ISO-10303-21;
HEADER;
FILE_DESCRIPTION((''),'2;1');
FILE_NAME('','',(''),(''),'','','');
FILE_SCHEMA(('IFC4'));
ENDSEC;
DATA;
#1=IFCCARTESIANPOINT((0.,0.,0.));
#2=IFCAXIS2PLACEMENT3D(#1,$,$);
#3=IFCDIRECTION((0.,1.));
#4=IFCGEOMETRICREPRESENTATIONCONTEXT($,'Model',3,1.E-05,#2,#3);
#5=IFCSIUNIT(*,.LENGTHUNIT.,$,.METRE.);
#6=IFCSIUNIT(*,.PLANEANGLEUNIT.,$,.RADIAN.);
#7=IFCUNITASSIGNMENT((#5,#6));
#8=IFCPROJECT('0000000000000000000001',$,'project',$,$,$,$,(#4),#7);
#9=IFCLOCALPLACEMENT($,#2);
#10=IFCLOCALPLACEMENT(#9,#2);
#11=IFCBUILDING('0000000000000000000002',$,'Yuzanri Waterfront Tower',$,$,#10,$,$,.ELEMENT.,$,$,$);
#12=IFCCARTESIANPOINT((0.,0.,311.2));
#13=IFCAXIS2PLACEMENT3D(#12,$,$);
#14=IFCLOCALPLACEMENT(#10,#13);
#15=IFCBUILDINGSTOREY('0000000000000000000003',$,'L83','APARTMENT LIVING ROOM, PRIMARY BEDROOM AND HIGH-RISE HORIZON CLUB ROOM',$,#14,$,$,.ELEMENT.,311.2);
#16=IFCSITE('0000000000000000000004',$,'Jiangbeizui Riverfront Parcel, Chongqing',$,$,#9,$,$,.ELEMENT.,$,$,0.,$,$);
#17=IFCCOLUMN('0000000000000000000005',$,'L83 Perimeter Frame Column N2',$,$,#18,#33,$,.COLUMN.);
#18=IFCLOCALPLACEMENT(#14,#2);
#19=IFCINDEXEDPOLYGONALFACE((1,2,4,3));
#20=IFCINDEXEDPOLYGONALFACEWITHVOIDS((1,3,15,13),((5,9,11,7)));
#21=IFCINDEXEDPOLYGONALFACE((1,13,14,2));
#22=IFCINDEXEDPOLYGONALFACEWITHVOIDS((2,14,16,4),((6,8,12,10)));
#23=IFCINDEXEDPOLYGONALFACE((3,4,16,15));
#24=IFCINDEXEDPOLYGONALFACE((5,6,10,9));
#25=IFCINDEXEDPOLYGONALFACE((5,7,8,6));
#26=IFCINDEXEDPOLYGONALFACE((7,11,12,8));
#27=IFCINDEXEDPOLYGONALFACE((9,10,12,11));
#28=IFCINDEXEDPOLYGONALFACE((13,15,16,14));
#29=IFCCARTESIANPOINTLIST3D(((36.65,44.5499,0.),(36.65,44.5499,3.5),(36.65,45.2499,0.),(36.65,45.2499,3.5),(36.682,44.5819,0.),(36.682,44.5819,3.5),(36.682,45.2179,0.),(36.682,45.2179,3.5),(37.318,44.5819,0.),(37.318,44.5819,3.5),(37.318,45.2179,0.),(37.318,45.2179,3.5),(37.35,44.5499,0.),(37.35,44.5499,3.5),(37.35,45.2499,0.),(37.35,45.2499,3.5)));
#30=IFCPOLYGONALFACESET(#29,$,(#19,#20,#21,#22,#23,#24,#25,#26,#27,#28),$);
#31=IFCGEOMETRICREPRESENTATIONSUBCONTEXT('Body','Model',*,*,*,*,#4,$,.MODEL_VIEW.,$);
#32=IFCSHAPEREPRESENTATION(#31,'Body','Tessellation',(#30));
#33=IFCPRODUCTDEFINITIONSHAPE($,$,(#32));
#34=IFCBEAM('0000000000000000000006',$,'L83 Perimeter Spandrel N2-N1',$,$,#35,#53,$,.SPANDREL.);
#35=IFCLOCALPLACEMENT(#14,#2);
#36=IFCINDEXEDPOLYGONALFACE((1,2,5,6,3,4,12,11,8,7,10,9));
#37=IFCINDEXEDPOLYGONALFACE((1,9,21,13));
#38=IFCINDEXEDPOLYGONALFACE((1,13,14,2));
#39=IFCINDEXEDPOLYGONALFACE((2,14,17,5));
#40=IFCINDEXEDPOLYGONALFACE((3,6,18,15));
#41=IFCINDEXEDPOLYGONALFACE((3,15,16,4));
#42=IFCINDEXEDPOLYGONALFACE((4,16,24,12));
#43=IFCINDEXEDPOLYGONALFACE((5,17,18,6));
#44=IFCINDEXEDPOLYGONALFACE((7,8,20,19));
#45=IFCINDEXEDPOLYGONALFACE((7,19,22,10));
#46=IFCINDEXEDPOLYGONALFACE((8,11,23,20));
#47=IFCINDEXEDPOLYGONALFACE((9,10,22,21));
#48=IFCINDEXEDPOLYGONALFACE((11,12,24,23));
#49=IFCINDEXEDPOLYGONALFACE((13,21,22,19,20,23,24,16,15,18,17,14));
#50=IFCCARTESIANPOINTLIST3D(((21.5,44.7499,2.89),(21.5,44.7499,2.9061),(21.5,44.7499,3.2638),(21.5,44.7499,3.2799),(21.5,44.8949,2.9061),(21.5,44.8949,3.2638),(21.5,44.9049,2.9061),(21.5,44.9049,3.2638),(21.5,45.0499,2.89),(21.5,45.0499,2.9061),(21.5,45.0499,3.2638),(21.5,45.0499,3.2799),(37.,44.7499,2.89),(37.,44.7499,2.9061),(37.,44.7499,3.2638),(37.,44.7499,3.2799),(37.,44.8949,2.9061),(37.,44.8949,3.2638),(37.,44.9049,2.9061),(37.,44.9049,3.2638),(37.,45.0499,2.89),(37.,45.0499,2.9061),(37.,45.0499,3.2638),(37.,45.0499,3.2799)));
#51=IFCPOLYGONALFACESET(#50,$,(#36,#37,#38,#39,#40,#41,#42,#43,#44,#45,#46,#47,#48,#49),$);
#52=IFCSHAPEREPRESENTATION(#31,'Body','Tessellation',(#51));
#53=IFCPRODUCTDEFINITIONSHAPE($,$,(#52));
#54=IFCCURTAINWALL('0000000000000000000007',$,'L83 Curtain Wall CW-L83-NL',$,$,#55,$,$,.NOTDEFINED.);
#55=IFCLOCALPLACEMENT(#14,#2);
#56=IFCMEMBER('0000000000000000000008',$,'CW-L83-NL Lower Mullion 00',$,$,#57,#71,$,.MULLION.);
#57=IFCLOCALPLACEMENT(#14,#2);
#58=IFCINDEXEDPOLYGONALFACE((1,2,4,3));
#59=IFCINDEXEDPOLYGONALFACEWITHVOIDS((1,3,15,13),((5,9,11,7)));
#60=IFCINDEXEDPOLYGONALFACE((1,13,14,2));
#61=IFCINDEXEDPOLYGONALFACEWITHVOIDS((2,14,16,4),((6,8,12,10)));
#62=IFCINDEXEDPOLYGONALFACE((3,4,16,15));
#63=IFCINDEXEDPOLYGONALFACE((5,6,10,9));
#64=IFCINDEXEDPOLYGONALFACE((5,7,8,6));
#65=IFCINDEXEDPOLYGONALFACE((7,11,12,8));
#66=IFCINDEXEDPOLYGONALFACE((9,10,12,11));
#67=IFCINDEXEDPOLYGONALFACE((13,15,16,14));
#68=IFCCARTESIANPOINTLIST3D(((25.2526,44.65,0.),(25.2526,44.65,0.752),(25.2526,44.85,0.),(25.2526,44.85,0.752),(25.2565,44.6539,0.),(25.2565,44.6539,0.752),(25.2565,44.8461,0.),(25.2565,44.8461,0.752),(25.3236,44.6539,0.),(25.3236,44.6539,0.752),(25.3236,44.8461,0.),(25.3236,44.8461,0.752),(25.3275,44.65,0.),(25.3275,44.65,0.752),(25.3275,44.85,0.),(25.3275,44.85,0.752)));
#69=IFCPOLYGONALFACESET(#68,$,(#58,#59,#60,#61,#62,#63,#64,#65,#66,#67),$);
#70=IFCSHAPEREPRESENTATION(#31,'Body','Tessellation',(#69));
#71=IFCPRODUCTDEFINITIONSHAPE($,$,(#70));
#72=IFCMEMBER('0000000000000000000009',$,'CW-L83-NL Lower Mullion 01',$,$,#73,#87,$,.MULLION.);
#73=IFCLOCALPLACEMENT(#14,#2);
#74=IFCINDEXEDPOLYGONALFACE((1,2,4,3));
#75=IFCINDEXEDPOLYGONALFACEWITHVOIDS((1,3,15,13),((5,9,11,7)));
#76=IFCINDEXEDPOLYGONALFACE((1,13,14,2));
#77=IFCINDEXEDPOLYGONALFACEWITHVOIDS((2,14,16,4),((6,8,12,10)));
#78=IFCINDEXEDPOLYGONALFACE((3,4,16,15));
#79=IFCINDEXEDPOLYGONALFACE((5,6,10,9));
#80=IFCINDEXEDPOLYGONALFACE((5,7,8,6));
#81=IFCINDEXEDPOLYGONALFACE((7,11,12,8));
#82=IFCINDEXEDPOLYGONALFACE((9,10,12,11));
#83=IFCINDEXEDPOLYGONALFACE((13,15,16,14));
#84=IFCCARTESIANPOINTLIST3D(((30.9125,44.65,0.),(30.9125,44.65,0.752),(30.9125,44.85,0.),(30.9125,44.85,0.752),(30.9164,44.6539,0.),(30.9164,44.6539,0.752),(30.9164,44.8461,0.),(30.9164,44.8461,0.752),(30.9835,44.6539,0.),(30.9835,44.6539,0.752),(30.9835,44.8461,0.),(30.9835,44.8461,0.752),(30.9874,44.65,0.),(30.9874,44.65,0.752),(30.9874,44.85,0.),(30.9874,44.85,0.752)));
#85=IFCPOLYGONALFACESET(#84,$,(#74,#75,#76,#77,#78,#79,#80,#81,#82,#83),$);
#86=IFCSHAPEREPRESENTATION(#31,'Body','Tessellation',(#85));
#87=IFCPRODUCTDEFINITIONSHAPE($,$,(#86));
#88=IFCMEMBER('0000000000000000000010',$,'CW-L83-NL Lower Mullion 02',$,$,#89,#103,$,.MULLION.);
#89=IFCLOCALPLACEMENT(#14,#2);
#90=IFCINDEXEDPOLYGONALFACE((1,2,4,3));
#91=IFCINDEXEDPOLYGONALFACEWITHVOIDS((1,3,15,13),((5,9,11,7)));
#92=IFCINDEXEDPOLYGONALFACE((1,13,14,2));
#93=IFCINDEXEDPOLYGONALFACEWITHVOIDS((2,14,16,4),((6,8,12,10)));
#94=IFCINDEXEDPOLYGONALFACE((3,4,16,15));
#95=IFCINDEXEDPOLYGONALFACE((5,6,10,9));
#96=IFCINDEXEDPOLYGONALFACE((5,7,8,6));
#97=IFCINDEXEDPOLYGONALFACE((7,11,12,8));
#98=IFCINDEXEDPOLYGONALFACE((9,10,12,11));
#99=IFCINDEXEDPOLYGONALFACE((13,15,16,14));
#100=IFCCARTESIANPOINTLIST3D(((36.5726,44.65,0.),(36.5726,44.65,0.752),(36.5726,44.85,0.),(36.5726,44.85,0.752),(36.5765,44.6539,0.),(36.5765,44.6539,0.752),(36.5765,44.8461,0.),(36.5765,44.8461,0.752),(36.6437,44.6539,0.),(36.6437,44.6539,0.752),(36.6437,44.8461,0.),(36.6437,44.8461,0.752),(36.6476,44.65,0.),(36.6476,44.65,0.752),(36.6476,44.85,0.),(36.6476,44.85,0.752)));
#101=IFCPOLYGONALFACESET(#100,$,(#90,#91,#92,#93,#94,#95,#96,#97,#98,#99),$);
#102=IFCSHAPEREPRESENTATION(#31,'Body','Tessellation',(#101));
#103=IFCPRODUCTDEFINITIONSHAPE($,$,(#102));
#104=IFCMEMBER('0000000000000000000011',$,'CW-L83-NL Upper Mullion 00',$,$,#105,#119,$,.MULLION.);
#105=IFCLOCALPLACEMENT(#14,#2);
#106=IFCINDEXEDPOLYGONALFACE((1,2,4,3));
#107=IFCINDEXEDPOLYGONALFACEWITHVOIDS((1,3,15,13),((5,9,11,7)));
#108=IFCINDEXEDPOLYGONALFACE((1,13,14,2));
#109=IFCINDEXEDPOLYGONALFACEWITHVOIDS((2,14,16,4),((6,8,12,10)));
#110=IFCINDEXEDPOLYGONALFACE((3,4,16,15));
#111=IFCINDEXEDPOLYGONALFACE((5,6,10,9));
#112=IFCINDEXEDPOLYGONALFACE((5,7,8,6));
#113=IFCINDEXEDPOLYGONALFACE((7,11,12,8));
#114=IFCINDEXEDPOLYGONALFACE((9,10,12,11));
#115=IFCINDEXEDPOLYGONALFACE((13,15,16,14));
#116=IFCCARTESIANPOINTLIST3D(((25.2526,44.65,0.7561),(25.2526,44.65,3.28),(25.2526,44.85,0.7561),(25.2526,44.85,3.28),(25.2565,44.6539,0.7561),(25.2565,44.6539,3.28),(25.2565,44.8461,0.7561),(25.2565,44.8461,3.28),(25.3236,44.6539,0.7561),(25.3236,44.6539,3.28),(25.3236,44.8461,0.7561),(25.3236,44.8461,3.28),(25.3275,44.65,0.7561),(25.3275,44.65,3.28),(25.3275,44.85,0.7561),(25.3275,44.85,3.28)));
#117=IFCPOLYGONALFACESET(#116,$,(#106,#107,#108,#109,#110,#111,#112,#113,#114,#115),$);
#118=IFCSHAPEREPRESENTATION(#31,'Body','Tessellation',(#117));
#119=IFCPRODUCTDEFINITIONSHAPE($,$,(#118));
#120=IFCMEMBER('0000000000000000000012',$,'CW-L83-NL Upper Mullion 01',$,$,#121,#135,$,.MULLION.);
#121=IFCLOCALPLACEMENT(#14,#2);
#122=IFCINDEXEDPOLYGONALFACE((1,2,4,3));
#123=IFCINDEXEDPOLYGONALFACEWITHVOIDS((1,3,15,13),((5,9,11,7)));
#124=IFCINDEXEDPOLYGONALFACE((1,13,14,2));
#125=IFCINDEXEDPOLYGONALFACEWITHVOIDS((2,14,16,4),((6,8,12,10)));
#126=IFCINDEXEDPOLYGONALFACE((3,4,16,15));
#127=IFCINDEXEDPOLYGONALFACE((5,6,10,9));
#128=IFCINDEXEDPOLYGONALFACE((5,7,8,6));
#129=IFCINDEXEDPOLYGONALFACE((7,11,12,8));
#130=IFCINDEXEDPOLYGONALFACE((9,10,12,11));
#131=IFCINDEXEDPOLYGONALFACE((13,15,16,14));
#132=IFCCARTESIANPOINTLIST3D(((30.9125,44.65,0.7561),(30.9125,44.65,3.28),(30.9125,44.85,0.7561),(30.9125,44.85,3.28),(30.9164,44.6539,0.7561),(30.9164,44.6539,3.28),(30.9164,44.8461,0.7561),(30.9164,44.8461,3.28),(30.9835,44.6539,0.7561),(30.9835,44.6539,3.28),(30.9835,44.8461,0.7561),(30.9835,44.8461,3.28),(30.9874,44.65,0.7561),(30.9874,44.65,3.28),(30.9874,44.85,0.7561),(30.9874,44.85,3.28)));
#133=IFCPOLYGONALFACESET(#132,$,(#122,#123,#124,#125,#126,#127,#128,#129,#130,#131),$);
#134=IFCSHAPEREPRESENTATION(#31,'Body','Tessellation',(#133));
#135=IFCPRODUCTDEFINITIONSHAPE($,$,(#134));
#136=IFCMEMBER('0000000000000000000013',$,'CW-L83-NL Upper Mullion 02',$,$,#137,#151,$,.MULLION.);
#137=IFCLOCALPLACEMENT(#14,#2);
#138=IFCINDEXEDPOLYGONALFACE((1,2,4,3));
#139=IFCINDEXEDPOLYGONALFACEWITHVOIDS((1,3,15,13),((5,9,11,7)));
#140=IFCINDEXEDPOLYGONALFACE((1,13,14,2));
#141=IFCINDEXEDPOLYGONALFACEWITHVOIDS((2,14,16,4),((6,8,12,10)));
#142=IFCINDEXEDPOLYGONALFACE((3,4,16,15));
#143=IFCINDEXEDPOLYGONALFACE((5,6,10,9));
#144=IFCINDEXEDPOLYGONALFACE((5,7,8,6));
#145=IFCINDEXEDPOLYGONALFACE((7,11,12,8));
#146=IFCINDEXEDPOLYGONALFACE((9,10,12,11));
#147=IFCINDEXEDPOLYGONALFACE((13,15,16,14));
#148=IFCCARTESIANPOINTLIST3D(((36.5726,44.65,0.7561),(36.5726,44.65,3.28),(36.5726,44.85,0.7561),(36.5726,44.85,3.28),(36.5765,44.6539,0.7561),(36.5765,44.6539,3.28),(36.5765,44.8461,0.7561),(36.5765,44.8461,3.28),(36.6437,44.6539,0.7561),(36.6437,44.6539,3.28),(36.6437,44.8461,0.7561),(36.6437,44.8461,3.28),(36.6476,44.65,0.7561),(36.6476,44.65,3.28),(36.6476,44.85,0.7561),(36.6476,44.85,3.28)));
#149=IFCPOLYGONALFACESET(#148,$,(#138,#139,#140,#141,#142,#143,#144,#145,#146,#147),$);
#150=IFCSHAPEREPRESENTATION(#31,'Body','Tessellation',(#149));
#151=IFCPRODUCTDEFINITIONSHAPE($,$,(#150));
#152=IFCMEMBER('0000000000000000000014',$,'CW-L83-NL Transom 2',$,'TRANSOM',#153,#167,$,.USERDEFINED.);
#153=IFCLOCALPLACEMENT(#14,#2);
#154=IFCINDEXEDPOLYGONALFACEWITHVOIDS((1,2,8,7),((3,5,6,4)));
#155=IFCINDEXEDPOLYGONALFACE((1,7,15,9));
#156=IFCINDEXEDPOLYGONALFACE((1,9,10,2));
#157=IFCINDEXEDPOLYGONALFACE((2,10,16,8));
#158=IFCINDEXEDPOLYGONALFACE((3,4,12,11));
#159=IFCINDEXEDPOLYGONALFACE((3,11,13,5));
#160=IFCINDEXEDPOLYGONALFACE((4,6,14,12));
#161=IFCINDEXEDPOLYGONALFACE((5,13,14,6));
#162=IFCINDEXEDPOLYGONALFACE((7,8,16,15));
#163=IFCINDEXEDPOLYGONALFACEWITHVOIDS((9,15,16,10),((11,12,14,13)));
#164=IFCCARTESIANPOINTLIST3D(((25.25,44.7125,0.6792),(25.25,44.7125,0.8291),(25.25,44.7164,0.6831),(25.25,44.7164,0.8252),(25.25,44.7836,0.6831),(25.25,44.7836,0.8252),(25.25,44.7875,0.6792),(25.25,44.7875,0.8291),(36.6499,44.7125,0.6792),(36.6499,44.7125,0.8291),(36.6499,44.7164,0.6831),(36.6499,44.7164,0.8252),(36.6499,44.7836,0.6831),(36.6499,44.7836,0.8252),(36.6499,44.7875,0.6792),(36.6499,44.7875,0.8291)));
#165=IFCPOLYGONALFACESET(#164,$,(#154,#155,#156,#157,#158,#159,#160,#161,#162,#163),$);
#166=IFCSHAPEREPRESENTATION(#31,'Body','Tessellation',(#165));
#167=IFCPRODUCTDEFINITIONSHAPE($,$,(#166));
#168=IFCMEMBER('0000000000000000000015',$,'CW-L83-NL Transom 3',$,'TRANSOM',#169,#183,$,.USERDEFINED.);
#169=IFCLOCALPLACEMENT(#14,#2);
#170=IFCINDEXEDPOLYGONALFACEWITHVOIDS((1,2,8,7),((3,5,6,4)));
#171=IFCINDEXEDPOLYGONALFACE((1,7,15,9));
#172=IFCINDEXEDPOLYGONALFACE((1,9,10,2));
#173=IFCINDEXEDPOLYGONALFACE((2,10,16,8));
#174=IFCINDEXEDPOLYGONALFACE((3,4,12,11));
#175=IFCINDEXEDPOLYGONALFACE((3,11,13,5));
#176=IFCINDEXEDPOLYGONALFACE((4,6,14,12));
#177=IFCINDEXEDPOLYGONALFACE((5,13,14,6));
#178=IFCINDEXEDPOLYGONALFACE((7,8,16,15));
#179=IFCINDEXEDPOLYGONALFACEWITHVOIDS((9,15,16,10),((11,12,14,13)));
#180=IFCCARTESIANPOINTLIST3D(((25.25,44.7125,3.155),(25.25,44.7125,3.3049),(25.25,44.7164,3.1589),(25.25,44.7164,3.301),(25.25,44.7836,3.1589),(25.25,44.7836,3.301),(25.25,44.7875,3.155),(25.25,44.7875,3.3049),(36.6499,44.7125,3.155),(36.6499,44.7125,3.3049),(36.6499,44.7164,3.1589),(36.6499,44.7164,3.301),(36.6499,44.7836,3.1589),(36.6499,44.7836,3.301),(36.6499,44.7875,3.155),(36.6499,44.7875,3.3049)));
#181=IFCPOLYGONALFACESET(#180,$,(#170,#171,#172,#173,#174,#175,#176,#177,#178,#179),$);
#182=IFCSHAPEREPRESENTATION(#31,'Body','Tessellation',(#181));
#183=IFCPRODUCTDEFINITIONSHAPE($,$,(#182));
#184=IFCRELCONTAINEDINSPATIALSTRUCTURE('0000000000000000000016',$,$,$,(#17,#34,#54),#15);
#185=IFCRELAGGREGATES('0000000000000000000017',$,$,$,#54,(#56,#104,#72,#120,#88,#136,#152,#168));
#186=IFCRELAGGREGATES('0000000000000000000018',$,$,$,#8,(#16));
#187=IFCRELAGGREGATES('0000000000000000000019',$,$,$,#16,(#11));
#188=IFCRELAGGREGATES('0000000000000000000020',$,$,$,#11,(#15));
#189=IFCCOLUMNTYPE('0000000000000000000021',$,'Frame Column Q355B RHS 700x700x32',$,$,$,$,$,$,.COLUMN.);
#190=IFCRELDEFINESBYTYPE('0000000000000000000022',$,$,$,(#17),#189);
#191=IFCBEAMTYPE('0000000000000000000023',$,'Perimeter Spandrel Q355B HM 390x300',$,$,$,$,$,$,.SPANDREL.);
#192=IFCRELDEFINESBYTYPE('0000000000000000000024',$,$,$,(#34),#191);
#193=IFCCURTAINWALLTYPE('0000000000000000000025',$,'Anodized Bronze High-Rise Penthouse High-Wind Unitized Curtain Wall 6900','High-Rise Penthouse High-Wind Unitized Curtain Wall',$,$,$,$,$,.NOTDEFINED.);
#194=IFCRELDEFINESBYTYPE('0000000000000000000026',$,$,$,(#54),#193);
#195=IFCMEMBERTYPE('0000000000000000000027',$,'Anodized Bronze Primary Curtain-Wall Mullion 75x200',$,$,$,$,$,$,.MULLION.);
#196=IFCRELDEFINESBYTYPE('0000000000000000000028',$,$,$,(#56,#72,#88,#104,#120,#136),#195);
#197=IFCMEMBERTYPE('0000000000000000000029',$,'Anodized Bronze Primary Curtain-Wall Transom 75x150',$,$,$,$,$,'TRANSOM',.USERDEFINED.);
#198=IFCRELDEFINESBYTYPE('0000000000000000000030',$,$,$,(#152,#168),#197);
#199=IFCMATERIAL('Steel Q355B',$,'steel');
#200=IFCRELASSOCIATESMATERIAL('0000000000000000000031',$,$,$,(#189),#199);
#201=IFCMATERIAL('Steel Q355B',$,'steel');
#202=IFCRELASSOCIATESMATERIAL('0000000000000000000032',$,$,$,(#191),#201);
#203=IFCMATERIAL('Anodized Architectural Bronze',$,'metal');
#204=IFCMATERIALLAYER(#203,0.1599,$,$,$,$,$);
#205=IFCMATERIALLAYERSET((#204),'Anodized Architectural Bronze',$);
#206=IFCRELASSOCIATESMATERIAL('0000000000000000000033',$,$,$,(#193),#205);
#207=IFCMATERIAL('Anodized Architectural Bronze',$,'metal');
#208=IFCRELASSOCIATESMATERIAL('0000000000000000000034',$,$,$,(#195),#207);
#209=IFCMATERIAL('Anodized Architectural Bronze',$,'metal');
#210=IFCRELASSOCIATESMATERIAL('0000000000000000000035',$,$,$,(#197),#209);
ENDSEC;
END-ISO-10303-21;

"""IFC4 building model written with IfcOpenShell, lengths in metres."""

from ifc_helpers import new_model, si_unit, direction, frame, origin, origin_2d, place, context, subcontext, project, spatial, hollow_rectangle, i_section, extrude, source, transform, mapped, material, layer, layer_set, material_profile, profile_set, type_object, element, aggregate, save


model = new_model("IFC4")

# Units and contexts
model_context = context("Model", 3, precision=1e-05, world=origin(), true_north=direction((0.0, 1.0)))
body_context = subcontext(model_context, "Body", "Model", "MODEL_VIEW")
ifc_project = project(units=[si_unit("LENGTHUNIT", "METRE"), si_unit("PLANEANGLEUNIT", "RADIAN")], contexts=[model_context])

# Site, building, storey
site_placement = place(None, origin())
site = spatial("IfcSite", under=ifc_project, at=site_placement, Name="Jiangbeizui Riverfront Parcel, Chongqing", CompositionType="ELEMENT", RefElevation=0.0)
building_placement = place(site_placement, origin())
building = spatial("IfcBuilding", under=site, at=building_placement, Name="Yuzanri Waterfront Tower", CompositionType="ELEMENT")
storey_placement = place(building_placement, frame((0.0, 0.0, 311.2)))
storey = spatial("IfcBuildingStorey", under=building, at=storey_placement, Name="L83", Description="APARTMENT LIVING ROOM, PRIMARY BEDROOM AND HIGH-RISE HORIZON CLUB ROOM", CompositionType="ELEMENT", Elevation=311.2)

# Column
ifc_material_1 = material(Name="Steel Q355B", Category="steel")
ifc_material_profile_1 = material_profile(ifc_material_1, hollow_rectangle(XDim=0.7, YDim=0.7, WallThickness=0.032, at=origin_2d()), Name="RHS 700x700x32")
ifc_profile_set_1 = profile_set([ifc_material_profile_1], Name="Steel Q355B")
column_type = type_object("IfcColumnType", Name="Frame Column Q355B RHS 700x700x32", PredefinedType="COLUMN", material=ifc_profile_set_1)
shared_shape_1 = source(origin(), body_context, "Body", "SweptSolid", [
    extrude(hollow_rectangle(XDim=0.7, YDim=0.7, WallThickness=0.032, at=origin_2d()), origin(), (0.0, 0.0, 1.0), 3.5),
])
column_placement = place(storey_placement, frame((37.0, 44.8999, 0.0), z_axis=(0.0, 0.0, 1.0), x_axis=(1.0, 0.0, 0.0)))
element("IfcColumn", 1, at=column_placement, inside=storey, type_object=column_type, Name="L83 Perimeter Frame Column N2", PredefinedType="COLUMN", context=body_context, shape_type="MappedRepresentation", body=[
    mapped(shared_shape_1, transform((0.0, 0.0, 0.0), scale=1.0)),
])

# Beam
ifc_material_2 = material(Name="Steel Q355B", Category="steel")
ifc_material_profile_2 = material_profile(ifc_material_2, i_section(OverallWidth=0.3, OverallDepth=0.3899, WebThickness=0.01, FlangeThickness=0.0161, at=origin_2d()), Name="HM 390x300x10x16")
ifc_profile_set_2 = profile_set([ifc_material_profile_2], Name="Steel Q355B")
beam_type = type_object("IfcBeamType", Name="Perimeter Spandrel Q355B HM 390x300", PredefinedType="SPANDREL", material=ifc_profile_set_2)
shared_shape_2 = source(origin(), body_context, "Body", "SweptSolid", [
    extrude(i_section(OverallWidth=0.3, OverallDepth=0.3899, WebThickness=0.01, FlangeThickness=0.0161, at=origin_2d()), origin(), (0.0, 0.0, 1.0), 15.5),
])
beam_placement = place(storey_placement, frame((37.0, 44.8999, 3.085), z_axis=(-1.0, 0.0, 0.0), x_axis=(0.0, -1.0, 0.0)))
element("IfcBeam", 2, at=beam_placement, inside=storey, type_object=beam_type, Name="L83 Perimeter Spandrel N2-N1", PredefinedType="SPANDREL", context=body_context, shape_type="MappedRepresentation", body=[
    mapped(shared_shape_2, transform((0.0, 0.0, 0.0), scale=1.0)),
])

# Curtain wall, members
ifc_material_3 = material(Name="Anodized Architectural Bronze", Category="metal")
ifc_layer_1 = layer(ifc_material_3, 0.1599)
ifc_layer_set_1 = layer_set([ifc_layer_1], Name="Anodized Architectural Bronze")
curtain_wall_type = type_object("IfcCurtainWallType", Name="Anodized Bronze High-Rise Penthouse High-Wind Unitized Curtain Wall 6900", Description="High-Rise Penthouse High-Wind Unitized Curtain Wall", PredefinedType="NOTDEFINED", material=ifc_layer_set_1)
curtain_wall_placement = place(storey_placement, origin())
curtain_wall = element("IfcCurtainWall", 3, at=curtain_wall_placement, inside=storey, type_object=curtain_wall_type, Name="L83 Curtain Wall CW-L83-NL", PredefinedType="NOTDEFINED")
ifc_material_4 = material(Name="Anodized Architectural Bronze", Category="metal")
ifc_material_profile_3 = material_profile(ifc_material_4, hollow_rectangle(XDim=0.075, YDim=0.2, WallThickness=0.0039, at=origin_2d()), Name="CWM 75x200")
ifc_profile_set_3 = profile_set([ifc_material_profile_3], Name="Anodized Architectural Bronze")
member_type_1 = type_object("IfcMemberType", Name="Anodized Bronze Primary Curtain-Wall Mullion 75x200", PredefinedType="MULLION", material=ifc_profile_set_3)
shared_shape_3 = source(origin(), body_context, "Body", "SweptSolid", [
    extrude(hollow_rectangle(XDim=0.075, YDim=0.2, WallThickness=0.0039, at=origin_2d()), origin(), (0.0, 0.0, 1.0), 0.752),
])
member_1_placement = place(storey_placement, frame((25.29, 44.75, 0.0), z_axis=(0.0, 0.0, 1.0), x_axis=(1.0, 0.0, 0.0)))
member_1 = element("IfcMember", 4, at=member_1_placement, type_object=member_type_1, Name="CW-L83-NL Lower Mullion 00", PredefinedType="MULLION", context=body_context, shape_type="MappedRepresentation", body=[
    mapped(shared_shape_3, transform((0.0, 0.0, 0.0), scale=1.0)),
])
member_2_placement = place(storey_placement, frame((30.95, 44.75, 0.0), z_axis=(0.0, 0.0, 1.0), x_axis=(1.0, 0.0, 0.0)))
member_2 = element("IfcMember", 5, at=member_2_placement, type_object=member_type_1, Name="CW-L83-NL Lower Mullion 01", PredefinedType="MULLION", context=body_context, shape_type="MappedRepresentation", body=[
    mapped(shared_shape_3, transform((0.0, 0.0, 0.0), scale=1.0)),
])
member_3_placement = place(storey_placement, frame((36.6101, 44.75, 0.0), z_axis=(0.0, 0.0, 1.0), x_axis=(1.0, 0.0, 0.0)))
member_3 = element("IfcMember", 6, at=member_3_placement, type_object=member_type_1, Name="CW-L83-NL Lower Mullion 02", PredefinedType="MULLION", context=body_context, shape_type="MappedRepresentation", body=[
    mapped(shared_shape_3, transform((0.0, 0.0, 0.0), scale=1.0)),
])
shared_shape_4 = source(origin(), body_context, "Body", "SweptSolid", [
    extrude(hollow_rectangle(XDim=0.075, YDim=0.2, WallThickness=0.0039, at=origin_2d()), origin(), (0.0, 0.0, 1.0), 2.5239),
])
member_4_placement = place(storey_placement, frame((25.29, 44.75, 0.7561), z_axis=(0.0, 0.0, 1.0), x_axis=(1.0, 0.0, 0.0)))
member_4 = element("IfcMember", 7, at=member_4_placement, type_object=member_type_1, Name="CW-L83-NL Upper Mullion 00", PredefinedType="MULLION", context=body_context, shape_type="MappedRepresentation", body=[
    mapped(shared_shape_4, transform((0.0, 0.0, 0.0), scale=1.0)),
])
member_5_placement = place(storey_placement, frame((30.95, 44.75, 0.7561), z_axis=(0.0, 0.0, 1.0), x_axis=(1.0, 0.0, 0.0)))
member_5 = element("IfcMember", 8, at=member_5_placement, type_object=member_type_1, Name="CW-L83-NL Upper Mullion 01", PredefinedType="MULLION", context=body_context, shape_type="MappedRepresentation", body=[
    mapped(shared_shape_4, transform((0.0, 0.0, 0.0), scale=1.0)),
])
member_6_placement = place(storey_placement, frame((36.6101, 44.75, 0.7561), z_axis=(0.0, 0.0, 1.0), x_axis=(1.0, 0.0, 0.0)))
member_6 = element("IfcMember", 9, at=member_6_placement, type_object=member_type_1, Name="CW-L83-NL Upper Mullion 02", PredefinedType="MULLION", context=body_context, shape_type="MappedRepresentation", body=[
    mapped(shared_shape_4, transform((0.0, 0.0, 0.0), scale=1.0)),
])
ifc_material_5 = material(Name="Anodized Architectural Bronze", Category="metal")
ifc_material_profile_4 = material_profile(ifc_material_5, hollow_rectangle(XDim=0.075, YDim=0.1499, WallThickness=0.0039, at=origin_2d()), Name="CWT 75x150")
ifc_profile_set_4 = profile_set([ifc_material_profile_4], Name="Anodized Architectural Bronze")
member_type_2 = type_object("IfcMemberType", Name="Anodized Bronze Primary Curtain-Wall Transom 75x150", ElementType="TRANSOM", PredefinedType="USERDEFINED", material=ifc_profile_set_4)
shared_shape_5 = source(origin(), body_context, "Body", "SweptSolid", [
    extrude(hollow_rectangle(XDim=0.075, YDim=0.1499, WallThickness=0.0039, at=origin_2d()), origin(), (0.0, 0.0, 1.0), 11.3999),
])
member_7_placement = place(storey_placement, frame((25.25, 44.75, 0.7542), z_axis=(1.0, 0.0, 0.0), x_axis=(0.0, 1.0, 0.0)))
member_7 = element("IfcMember", 10, at=member_7_placement, type_object=member_type_2, Name="CW-L83-NL Transom 2", ObjectType="TRANSOM", PredefinedType="USERDEFINED", context=body_context, shape_type="MappedRepresentation", body=[
    mapped(shared_shape_5, transform((0.0, 0.0, 0.0), scale=1.0)),
])
member_8_placement = place(storey_placement, frame((25.25, 44.75, 3.23), z_axis=(1.0, 0.0, 0.0), x_axis=(0.0, 1.0, 0.0)))
member_8 = element("IfcMember", 11, at=member_8_placement, type_object=member_type_2, Name="CW-L83-NL Transom 3", ObjectType="TRANSOM", PredefinedType="USERDEFINED", context=body_context, shape_type="MappedRepresentation", body=[
    mapped(shared_shape_5, transform((0.0, 0.0, 0.0), scale=1.0)),
])
aggregate(curtain_wall, [member_1, member_4, member_2, member_5, member_3, member_6, member_7, member_8])

save(model, "model.ifc")
